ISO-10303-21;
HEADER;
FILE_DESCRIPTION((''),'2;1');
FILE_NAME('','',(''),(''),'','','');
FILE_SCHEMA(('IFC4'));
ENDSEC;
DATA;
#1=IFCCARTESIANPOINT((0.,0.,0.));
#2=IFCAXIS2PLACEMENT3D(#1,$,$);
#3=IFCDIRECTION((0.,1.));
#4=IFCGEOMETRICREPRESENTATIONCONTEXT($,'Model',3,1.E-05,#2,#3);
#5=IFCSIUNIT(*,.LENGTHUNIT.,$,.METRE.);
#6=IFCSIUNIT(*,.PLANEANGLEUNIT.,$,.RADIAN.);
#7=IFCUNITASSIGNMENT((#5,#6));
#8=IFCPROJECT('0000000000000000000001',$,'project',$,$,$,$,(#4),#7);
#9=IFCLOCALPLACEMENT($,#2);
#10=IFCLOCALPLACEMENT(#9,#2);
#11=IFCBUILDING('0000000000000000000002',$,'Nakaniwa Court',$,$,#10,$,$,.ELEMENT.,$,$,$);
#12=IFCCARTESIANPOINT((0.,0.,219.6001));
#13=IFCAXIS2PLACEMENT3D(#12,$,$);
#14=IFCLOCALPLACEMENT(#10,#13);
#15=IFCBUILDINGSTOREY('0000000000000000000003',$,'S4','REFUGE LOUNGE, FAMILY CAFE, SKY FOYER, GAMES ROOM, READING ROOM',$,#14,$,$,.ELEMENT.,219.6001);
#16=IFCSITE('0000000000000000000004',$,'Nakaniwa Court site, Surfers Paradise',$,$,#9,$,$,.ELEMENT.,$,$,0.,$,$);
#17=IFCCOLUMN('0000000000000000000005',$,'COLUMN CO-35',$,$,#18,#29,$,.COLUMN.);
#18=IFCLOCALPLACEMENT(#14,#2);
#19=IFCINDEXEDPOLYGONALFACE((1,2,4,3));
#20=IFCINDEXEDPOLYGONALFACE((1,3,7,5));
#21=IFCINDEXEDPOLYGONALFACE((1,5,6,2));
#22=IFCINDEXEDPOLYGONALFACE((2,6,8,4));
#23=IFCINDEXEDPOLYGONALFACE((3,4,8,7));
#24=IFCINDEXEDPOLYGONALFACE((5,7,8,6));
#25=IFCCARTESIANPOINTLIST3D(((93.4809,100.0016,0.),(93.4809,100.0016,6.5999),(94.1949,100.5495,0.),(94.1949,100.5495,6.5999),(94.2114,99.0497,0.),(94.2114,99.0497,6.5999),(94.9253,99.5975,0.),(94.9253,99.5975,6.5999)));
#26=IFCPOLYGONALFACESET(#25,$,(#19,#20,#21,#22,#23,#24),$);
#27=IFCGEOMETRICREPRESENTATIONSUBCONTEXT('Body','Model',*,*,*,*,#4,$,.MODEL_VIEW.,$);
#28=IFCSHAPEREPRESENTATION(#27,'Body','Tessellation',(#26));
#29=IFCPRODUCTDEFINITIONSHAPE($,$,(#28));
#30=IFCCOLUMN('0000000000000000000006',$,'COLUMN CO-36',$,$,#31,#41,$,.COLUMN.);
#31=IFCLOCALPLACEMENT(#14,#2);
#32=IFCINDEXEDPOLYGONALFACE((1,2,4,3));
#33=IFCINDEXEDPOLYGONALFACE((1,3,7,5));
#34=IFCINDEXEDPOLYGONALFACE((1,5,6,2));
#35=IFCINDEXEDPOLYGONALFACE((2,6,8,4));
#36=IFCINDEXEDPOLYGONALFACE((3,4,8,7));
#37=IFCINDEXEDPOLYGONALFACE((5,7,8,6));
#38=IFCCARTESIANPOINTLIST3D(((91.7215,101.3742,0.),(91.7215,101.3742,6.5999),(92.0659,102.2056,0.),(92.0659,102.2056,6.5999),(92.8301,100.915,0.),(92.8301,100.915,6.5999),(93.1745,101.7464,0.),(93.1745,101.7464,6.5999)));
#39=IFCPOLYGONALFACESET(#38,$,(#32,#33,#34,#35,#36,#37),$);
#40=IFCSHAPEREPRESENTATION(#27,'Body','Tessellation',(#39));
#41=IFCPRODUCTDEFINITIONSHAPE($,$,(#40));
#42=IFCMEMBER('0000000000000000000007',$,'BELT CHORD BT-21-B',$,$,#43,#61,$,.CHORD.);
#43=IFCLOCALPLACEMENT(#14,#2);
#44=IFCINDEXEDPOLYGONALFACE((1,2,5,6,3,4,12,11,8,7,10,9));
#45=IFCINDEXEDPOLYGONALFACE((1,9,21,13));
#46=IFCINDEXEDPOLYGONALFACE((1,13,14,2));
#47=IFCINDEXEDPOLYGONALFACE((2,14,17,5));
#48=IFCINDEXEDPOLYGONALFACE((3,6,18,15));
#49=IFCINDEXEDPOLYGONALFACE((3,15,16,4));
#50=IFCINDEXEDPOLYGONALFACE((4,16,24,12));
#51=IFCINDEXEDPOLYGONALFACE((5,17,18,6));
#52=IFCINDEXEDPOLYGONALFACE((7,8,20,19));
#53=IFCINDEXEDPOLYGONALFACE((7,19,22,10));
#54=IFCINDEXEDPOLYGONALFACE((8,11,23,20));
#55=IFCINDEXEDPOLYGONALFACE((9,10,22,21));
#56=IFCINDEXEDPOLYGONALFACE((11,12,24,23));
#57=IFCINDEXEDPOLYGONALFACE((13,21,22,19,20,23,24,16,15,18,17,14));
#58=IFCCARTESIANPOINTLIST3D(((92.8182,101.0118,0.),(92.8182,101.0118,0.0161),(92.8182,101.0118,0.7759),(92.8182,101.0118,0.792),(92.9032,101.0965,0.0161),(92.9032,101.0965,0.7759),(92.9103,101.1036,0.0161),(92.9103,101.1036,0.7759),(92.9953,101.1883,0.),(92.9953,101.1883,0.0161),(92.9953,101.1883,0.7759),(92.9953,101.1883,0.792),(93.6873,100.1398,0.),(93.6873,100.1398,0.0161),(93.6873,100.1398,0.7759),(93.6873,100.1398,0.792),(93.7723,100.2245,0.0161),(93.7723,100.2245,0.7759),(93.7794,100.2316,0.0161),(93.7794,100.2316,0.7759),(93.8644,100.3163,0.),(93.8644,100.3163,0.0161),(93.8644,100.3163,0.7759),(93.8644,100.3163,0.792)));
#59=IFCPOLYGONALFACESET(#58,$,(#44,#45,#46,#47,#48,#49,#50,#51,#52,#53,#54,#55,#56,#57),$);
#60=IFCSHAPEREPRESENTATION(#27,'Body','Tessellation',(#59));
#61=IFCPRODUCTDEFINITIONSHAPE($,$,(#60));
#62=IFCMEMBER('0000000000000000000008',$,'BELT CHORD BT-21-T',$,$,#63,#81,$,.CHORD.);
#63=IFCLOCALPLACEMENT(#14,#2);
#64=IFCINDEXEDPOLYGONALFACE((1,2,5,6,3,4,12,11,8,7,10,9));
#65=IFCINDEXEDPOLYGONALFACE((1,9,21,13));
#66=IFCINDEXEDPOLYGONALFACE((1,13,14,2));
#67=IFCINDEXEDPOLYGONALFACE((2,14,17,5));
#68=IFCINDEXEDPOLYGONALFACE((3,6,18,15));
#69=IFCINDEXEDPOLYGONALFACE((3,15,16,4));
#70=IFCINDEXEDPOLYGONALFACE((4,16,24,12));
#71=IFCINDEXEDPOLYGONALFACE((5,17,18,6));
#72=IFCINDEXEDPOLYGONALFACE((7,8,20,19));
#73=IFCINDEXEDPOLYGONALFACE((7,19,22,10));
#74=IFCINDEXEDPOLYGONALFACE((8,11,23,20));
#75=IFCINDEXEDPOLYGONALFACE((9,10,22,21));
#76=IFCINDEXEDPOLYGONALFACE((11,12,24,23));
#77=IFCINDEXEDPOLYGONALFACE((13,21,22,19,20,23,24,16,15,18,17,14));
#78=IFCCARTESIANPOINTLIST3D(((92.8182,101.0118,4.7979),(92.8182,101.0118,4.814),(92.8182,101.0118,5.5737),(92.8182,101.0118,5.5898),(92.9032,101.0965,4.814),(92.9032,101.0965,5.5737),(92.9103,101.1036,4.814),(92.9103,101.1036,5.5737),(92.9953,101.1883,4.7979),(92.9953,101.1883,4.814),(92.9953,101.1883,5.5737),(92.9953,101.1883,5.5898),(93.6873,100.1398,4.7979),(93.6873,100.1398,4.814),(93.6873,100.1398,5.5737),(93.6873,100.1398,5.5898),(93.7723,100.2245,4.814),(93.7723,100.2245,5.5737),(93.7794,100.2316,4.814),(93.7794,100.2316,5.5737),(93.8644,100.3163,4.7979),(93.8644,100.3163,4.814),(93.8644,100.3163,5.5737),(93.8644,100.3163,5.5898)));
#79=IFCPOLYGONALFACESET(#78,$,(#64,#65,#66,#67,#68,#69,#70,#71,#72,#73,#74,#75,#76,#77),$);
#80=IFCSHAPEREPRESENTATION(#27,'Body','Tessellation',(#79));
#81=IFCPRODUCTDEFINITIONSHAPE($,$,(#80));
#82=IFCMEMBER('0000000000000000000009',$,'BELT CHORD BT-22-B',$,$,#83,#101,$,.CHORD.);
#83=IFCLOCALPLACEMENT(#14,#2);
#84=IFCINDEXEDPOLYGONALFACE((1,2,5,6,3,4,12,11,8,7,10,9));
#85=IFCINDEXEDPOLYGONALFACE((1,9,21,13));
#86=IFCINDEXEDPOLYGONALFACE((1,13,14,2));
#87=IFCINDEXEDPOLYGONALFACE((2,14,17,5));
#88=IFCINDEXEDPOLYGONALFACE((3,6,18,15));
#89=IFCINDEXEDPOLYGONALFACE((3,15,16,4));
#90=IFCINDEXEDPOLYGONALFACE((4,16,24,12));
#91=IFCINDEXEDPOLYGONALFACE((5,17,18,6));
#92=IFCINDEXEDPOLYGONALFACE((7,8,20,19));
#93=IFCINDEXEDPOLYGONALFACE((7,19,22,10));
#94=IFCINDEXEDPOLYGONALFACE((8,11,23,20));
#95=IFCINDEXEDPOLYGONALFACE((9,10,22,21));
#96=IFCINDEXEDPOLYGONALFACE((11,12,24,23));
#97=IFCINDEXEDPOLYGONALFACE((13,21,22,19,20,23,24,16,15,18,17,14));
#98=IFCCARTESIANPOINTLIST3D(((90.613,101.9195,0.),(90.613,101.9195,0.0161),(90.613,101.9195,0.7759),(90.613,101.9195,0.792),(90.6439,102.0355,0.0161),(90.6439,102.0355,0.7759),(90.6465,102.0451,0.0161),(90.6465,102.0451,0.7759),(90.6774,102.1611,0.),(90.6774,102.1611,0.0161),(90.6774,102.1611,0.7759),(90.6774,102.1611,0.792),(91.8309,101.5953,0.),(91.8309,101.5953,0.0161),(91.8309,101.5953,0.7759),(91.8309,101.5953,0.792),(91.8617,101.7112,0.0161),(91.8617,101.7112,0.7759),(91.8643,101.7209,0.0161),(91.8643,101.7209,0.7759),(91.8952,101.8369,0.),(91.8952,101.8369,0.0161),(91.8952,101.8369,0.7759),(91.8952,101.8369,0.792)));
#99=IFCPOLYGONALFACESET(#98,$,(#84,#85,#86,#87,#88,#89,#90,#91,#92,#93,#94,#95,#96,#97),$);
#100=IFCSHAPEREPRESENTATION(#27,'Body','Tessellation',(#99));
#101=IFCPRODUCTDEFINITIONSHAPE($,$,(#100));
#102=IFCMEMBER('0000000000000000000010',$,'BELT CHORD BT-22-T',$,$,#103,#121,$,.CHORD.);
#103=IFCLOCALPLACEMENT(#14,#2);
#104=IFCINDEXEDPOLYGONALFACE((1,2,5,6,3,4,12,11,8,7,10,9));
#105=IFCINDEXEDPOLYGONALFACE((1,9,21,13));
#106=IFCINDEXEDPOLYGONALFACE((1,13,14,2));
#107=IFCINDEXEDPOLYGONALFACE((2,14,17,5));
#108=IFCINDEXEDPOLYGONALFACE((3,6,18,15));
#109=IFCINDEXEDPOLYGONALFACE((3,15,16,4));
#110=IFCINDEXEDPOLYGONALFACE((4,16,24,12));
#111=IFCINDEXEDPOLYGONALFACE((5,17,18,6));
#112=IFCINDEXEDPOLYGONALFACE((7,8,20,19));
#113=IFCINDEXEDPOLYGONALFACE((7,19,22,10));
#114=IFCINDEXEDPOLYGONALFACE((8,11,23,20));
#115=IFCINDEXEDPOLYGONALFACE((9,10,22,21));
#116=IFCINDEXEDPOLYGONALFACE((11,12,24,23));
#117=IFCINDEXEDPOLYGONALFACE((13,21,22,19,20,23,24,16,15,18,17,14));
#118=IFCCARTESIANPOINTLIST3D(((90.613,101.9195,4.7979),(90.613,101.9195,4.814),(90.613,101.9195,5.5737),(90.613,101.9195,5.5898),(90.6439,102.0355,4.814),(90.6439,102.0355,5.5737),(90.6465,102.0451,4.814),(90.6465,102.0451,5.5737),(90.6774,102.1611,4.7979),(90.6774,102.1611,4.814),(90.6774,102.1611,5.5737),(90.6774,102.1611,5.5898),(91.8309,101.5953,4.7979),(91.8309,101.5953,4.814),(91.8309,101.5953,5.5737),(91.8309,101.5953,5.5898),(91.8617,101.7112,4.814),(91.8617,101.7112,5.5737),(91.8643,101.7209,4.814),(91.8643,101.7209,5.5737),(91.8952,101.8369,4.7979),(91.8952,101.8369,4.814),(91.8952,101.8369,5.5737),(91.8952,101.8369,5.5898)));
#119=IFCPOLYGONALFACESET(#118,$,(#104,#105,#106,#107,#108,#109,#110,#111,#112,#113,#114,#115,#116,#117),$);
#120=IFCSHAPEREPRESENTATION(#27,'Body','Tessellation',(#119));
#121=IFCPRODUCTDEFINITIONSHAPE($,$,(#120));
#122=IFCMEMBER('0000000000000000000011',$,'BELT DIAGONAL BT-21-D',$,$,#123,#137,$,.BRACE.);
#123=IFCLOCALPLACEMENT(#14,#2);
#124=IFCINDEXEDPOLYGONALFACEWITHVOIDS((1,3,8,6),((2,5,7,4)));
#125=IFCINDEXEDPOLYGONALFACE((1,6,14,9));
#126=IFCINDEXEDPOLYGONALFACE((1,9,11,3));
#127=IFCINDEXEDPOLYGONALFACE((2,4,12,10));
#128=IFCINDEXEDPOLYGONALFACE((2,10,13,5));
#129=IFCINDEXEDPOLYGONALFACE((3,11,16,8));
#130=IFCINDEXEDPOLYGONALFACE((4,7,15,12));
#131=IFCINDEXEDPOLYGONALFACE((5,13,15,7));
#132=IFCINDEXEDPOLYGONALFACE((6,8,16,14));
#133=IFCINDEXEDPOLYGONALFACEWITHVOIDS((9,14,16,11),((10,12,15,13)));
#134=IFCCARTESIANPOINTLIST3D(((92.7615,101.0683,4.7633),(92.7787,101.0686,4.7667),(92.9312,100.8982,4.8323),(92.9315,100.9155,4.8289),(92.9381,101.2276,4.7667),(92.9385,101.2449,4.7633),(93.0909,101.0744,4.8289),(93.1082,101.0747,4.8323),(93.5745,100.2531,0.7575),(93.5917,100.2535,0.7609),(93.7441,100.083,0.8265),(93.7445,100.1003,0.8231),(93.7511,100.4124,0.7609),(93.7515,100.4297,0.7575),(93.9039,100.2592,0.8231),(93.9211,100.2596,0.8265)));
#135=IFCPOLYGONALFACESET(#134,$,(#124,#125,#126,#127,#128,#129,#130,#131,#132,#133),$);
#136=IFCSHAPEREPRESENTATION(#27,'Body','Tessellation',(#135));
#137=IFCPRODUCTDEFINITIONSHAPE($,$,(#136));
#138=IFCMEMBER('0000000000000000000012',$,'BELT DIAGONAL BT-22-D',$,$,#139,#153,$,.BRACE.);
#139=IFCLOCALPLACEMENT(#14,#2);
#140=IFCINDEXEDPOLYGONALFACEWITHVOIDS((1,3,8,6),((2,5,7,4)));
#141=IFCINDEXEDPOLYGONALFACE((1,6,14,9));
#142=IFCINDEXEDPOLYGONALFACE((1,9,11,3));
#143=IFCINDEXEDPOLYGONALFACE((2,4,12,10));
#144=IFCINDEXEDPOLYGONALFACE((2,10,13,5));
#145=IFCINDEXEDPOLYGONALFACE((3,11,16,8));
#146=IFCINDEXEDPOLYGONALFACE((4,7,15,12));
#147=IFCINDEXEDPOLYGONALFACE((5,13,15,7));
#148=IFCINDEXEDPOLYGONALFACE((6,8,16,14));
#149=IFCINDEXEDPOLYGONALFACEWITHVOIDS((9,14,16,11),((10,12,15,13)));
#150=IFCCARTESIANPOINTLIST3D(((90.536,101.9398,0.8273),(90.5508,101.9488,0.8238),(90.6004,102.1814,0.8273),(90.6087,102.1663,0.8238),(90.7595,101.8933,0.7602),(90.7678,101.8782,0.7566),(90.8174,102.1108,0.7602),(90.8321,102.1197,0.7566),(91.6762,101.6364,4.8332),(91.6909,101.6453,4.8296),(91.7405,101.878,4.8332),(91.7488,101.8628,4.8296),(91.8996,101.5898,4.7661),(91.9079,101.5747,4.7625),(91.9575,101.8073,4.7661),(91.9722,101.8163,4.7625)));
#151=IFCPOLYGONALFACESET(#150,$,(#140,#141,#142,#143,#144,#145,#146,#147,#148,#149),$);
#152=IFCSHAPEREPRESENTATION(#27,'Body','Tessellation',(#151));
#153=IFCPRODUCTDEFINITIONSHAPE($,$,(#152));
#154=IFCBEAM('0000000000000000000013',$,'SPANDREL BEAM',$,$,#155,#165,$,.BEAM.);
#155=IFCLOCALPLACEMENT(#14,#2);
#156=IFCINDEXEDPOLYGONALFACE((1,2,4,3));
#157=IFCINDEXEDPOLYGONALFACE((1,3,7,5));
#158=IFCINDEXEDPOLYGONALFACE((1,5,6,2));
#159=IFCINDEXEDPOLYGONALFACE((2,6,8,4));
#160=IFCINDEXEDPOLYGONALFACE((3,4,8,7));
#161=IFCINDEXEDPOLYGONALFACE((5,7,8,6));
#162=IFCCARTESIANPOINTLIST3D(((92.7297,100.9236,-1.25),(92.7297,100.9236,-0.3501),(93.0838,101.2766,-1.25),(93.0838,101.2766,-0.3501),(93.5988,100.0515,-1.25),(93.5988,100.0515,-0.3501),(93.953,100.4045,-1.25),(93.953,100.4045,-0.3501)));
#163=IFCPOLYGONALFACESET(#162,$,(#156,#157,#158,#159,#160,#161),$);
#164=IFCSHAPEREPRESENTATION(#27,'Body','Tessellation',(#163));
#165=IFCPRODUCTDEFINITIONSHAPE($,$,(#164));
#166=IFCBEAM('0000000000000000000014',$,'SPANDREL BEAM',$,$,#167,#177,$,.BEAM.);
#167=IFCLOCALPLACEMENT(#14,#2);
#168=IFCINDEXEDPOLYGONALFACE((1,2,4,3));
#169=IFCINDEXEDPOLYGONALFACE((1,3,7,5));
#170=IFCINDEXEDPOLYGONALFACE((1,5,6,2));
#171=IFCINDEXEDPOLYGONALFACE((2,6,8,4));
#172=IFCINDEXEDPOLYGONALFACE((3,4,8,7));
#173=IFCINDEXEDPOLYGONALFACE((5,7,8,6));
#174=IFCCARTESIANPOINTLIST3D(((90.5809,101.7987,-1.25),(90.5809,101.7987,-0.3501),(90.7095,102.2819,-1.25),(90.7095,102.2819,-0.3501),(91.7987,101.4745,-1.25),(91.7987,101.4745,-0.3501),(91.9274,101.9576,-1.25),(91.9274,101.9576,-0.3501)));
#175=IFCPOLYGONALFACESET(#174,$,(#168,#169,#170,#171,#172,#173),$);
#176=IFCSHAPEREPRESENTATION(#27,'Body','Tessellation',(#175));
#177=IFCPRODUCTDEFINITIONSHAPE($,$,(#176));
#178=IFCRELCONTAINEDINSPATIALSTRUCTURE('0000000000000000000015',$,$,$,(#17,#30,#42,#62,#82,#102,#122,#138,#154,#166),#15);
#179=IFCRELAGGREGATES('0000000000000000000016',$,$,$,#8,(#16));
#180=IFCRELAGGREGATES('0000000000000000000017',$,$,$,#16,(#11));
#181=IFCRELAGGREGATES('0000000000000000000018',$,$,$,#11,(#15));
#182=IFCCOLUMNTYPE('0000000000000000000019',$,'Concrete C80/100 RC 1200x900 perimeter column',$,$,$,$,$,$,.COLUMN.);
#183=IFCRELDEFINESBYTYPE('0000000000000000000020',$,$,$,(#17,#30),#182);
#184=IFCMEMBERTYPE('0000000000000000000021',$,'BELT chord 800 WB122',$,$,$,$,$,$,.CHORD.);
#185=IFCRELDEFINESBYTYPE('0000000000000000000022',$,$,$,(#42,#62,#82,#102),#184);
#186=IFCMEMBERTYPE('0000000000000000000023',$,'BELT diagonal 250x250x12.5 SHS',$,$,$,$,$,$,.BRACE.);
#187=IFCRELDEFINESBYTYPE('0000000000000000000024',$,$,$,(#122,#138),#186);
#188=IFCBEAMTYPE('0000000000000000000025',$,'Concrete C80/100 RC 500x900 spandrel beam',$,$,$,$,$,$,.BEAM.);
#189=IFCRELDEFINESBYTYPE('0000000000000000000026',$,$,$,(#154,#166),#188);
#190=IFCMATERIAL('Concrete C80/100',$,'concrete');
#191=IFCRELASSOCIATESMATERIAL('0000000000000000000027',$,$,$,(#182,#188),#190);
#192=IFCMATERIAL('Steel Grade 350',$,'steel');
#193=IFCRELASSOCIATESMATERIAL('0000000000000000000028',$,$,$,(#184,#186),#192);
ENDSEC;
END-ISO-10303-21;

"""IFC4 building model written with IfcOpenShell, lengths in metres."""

from ifc_helpers import new_model, si_unit, direction, frame, origin, origin_2d, place, context, subcontext, project, spatial, rectangle, hollow_rectangle, i_section, extrude, material, material_profile, profile_set, type_object, element, save


model = new_model("IFC4")

# Units and contexts
model_context = context("Model", 3, precision=1e-05, world=origin(), true_north=direction((0.0, 1.0)))
body_context = subcontext(model_context, "Body", "Model", "MODEL_VIEW")
ifc_project = project(units=[si_unit("LENGTHUNIT", "METRE"), si_unit("PLANEANGLEUNIT", "RADIAN")], contexts=[model_context])

# Site, building, storey
site_placement = place(None, origin())
site = spatial("IfcSite", under=ifc_project, at=site_placement, Name="Nakaniwa Court site, Surfers Paradise", CompositionType="ELEMENT", RefElevation=0.0)
building_placement = place(site_placement, origin())
building = spatial("IfcBuilding", under=site, at=building_placement, Name="Nakaniwa Court", CompositionType="ELEMENT")
storey_placement = place(building_placement, frame((0.0, 0.0, 219.6001)))
storey = spatial("IfcBuildingStorey", under=building, at=storey_placement, Name="S4", Description="REFUGE LOUNGE, FAMILY CAFE, SKY FOYER, GAMES ROOM, READING ROOM", CompositionType="ELEMENT", Elevation=219.6001)

# Columns
ifc_material_1 = material(Name="Concrete C80/100", Category="concrete")
ifc_material_profile_1 = material_profile(ifc_material_1, rectangle(XDim=1.2, YDim=0.8999, at=origin_2d()), Name="Concrete C80/100 RC 1200x900 perimeter column")
ifc_profile_set_1 = profile_set([ifc_material_profile_1], Name="Concrete C80/100")
column_type = type_object("IfcColumnType", Name="Concrete C80/100 RC 1200x900 perimeter column", PredefinedType="COLUMN", material=ifc_profile_set_1)
for number, where, z_axis, x_axis, name in (
    (1, (94.2031, 99.7996, 0.0), (0.0, 0.0, 1.0), (-0.608761, 0.793353, 0.0), "COLUMN CO-35"),
    (2, (92.448, 101.5603, 0.0), (0.0, 0.0, 1.0), (-0.92388, 0.382683, 0.0), "COLUMN CO-36"),
):
    element("IfcColumn", number, at=place(storey_placement, frame(where, z_axis=z_axis, x_axis=x_axis)), inside=storey, type_object=column_type, Name=name, PredefinedType="COLUMN", context=body_context, shape_type="SweptSolid", body=[
        extrude(rectangle(XDim=1.2, YDim=0.8999, at=origin_2d()), origin(), (0.0, 0.0, 1.0), 6.5999),
    ])

# Members
ifc_material_2 = material(Name="Steel Grade 350", Category="steel")
ifc_material_profile_2 = material_profile(ifc_material_2, i_section(OverallWidth=0.25, OverallDepth=0.792, WebThickness=0.01, FlangeThickness=0.0161, at=origin_2d()), Name="800WB122")
ifc_profile_set_2 = profile_set([ifc_material_profile_2], Name="Steel Grade 350")
member_type_1 = type_object("IfcMemberType", Name="BELT chord 800 WB122", PredefinedType="CHORD", material=ifc_profile_set_2)
for number, where, z_axis, x_axis, name in (
    (3, (93.7759, 100.228, 0.396), (-0.705916, 0.708296, 0.0), (-0.708296, -0.705916, 0.0), "BELT CHORD BT-21-B"),
    (4, (93.7759, 100.228, 5.1938), (-0.705916, 0.708296, 0.0), (-0.708296, -0.705916, 0.0), "BELT CHORD BT-21-T"),
):
    element("IfcMember", number, at=place(storey_placement, frame(where, z_axis=z_axis, x_axis=x_axis)), inside=storey, type_object=member_type_1, Name=name, PredefinedType="CHORD", context=body_context, shape_type="SweptSolid", body=[
        extrude(i_section(OverallWidth=0.25, OverallDepth=0.792, WebThickness=0.01, FlangeThickness=0.0161, at=origin_2d()), origin(), (0.0, 0.0, 1.0), 1.2312),
    ])
for number, where, z_axis, x_axis, name in (
    (5, (91.863, 101.7161, 0.396), (-0.966338, 0.257277, 0.0), (-0.257277, -0.966338, 0.0), "BELT CHORD BT-22-B"),
    (6, (91.863, 101.7161, 5.1938), (-0.966338, 0.257277, 0.0), (-0.257277, -0.966338, 0.0), "BELT CHORD BT-22-T"),
):
    element("IfcMember", number, at=place(storey_placement, frame(where, z_axis=z_axis, x_axis=x_axis)), inside=storey, type_object=member_type_1, Name=name, PredefinedType="CHORD", context=body_context, shape_type="SweptSolid", body=[
        extrude(i_section(OverallWidth=0.25, OverallDepth=0.792, WebThickness=0.01, FlangeThickness=0.0161, at=origin_2d()), origin(), (0.0, 0.0, 1.0), 1.2603),
    ])
ifc_material_profile_3 = material_profile(ifc_material_2, hollow_rectangle(XDim=0.25, YDim=0.25, WallThickness=0.0125, at=origin_2d()), Name="BELT diagonal 250x250x12.5 SHS")
ifc_profile_set_3 = profile_set([ifc_material_profile_3], Name="Steel Grade 350")
member_type_2 = type_object("IfcMemberType", Name="BELT diagonal 250x250x12.5 SHS", PredefinedType="BRACE", material=ifc_profile_set_3)
member_1_placement = place(storey_placement, frame((93.7478, 100.2563, 0.792), z_axis=(-0.195054, 0.195581, 0.961094), x_axis=(-0.70806, -0.706152, 0.0)))
element("IfcMember", 7, at=member_1_placement, inside=storey, type_object=member_type_2, Name="BELT DIAGONAL BT-21-D", PredefinedType="BRACE", context=body_context, shape_type="SweptSolid", body=[
    extrude(hollow_rectangle(XDim=0.25, YDim=0.25, WallThickness=0.0125, at=origin_2d()), origin(), (0.0, 0.0, 1.0), 4.168),
])
member_2_placement = place(storey_placement, frame((91.8242, 101.7263, 4.7979), z_axis=(-0.273022, 0.072669, -0.959259), x_axis=(-0.257212, -0.966355, 0.0)))
element("IfcMember", 8, at=member_2_placement, inside=storey, type_object=member_type_2, Name="BELT DIAGONAL BT-22-D", PredefinedType="BRACE", context=body_context, shape_type="SweptSolid", body=[
    extrude(hollow_rectangle(XDim=0.25, YDim=0.25, WallThickness=0.0125, at=origin_2d()), origin(), (0.0, 0.0, 1.0), 4.176),
])

# Beams
ifc_material_profile_4 = material_profile(ifc_material_1, rectangle(XDim=0.5, YDim=0.8999, at=origin_2d()), Name="Concrete C80/100 RC 500x900 spandrel beam")
ifc_profile_set_4 = profile_set([ifc_material_profile_4], Name="Concrete C80/100")
beam_type = type_object("IfcBeamType", Name="Concrete C80/100 RC 500x900 spandrel beam", PredefinedType="BEAM", material=ifc_profile_set_4)
beam_1_placement = place(storey_placement, frame((93.7759, 100.228, -0.8), z_axis=(-0.705916, 0.708296, 0.0), x_axis=(-0.708296, -0.705916, 0.0)))
element("IfcBeam", 9, at=beam_1_placement, inside=storey, type_object=beam_type, Name="SPANDREL BEAM", PredefinedType="BEAM", context=body_context, shape_type="SweptSolid", body=[
    extrude(rectangle(XDim=0.5, YDim=0.8999, at=origin_2d()), origin(), (0.0, 0.0, 1.0), 1.2312),
])
beam_2_placement = place(storey_placement, frame((91.863, 101.7161, -0.8), z_axis=(-0.966338, 0.257277, 0.0), x_axis=(-0.257277, -0.966338, 0.0)))
element("IfcBeam", 10, at=beam_2_placement, inside=storey, type_object=beam_type, Name="SPANDREL BEAM", PredefinedType="BEAM", context=body_context, shape_type="SweptSolid", body=[
    extrude(rectangle(XDim=0.5, YDim=0.8999, at=origin_2d()), origin(), (0.0, 0.0, 1.0), 1.2603),
])

save(model, "model.ifc")
